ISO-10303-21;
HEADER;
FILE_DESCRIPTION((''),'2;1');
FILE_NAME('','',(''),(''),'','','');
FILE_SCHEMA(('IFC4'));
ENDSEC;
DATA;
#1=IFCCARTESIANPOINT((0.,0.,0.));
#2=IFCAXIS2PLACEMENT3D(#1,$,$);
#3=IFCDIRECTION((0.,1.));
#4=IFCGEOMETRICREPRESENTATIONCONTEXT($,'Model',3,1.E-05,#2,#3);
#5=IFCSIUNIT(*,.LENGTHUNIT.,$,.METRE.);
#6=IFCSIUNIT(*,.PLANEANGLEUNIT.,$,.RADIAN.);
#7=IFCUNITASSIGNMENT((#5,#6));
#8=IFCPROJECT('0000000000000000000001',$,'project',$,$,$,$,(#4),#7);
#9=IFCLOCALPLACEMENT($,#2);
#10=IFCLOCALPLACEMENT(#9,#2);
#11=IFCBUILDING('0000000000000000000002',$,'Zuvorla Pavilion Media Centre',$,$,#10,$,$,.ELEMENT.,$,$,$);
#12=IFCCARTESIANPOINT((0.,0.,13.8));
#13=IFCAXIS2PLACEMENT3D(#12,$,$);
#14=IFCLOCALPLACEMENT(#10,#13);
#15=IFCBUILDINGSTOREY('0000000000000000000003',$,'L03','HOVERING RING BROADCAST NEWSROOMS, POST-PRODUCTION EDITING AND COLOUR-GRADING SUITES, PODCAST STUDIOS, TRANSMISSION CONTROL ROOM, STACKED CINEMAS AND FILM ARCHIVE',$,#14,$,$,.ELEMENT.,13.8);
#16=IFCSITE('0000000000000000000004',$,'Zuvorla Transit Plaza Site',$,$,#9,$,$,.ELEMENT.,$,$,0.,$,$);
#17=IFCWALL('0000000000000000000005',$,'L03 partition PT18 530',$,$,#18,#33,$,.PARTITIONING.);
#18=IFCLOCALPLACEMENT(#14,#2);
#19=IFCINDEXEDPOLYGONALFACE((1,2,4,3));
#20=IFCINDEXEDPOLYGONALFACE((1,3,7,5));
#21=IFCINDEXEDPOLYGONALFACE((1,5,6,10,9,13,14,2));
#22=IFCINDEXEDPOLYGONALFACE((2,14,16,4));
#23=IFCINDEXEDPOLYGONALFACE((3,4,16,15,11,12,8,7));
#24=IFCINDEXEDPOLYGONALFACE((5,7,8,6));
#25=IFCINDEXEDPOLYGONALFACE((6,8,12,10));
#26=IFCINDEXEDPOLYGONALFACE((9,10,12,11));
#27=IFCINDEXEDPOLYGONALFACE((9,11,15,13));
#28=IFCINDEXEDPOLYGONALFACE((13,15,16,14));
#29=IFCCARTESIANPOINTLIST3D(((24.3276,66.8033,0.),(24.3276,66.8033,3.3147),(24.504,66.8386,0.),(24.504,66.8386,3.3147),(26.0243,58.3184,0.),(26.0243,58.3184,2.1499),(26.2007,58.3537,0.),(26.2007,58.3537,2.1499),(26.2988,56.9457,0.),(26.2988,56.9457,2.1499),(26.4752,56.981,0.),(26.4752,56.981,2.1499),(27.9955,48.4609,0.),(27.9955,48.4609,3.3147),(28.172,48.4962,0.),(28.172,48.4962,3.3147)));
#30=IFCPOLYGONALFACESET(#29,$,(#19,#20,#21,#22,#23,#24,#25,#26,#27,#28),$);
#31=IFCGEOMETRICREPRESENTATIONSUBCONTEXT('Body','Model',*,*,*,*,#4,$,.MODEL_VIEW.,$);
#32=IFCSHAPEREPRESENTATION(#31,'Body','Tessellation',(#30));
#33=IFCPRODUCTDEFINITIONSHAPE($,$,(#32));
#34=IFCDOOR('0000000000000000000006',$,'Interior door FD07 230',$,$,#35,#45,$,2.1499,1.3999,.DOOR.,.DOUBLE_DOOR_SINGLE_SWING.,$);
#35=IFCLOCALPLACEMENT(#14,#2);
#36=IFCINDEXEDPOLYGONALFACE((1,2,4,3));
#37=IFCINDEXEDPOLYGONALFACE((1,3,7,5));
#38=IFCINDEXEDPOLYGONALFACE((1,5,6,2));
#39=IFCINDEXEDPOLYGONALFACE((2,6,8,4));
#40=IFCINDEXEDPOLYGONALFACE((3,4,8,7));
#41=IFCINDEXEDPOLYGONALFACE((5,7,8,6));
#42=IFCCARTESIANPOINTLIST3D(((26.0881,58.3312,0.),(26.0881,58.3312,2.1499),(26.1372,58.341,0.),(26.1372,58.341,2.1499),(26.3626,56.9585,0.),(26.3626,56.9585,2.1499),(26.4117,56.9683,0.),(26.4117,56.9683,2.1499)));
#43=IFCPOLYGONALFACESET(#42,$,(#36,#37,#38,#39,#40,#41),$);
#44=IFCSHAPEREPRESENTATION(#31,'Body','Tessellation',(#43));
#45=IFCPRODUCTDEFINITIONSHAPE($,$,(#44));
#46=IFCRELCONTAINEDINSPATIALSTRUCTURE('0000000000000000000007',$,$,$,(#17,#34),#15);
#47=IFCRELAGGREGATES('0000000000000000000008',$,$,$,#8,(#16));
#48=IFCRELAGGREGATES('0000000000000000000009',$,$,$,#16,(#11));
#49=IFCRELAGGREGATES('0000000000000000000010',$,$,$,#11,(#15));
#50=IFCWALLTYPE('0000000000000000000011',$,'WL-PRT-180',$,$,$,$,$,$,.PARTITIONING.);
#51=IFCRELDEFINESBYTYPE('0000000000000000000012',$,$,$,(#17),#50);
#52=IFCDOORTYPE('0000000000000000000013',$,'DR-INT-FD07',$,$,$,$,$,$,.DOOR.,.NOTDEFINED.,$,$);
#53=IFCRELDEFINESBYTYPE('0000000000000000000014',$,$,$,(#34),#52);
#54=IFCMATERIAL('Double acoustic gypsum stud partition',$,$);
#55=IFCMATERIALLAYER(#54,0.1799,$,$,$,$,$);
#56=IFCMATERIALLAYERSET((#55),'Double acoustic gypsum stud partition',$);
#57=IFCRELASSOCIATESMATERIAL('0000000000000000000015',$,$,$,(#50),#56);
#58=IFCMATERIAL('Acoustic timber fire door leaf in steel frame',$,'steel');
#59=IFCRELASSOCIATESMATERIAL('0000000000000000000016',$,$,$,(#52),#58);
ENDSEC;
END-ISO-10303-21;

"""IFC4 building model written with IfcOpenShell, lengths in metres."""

from ifc_helpers import new_model, si_unit, direction, frame, frame_2d, origin, place, context, subcontext, project, spatial, rectangle, extrude, material, layer, layer_set, type_object, element, fill, save


model = new_model("IFC4")

# Units and contexts
model_context = context("Model", 3, precision=1e-05, world=origin(), true_north=direction((0.0, 1.0)))
body_context = subcontext(model_context, "Body", "Model", "MODEL_VIEW")
ifc_project = project(units=[si_unit("LENGTHUNIT", "METRE"), si_unit("PLANEANGLEUNIT", "RADIAN")], contexts=[model_context])

# Site, building, storey
site_placement = place(None, origin())
site = spatial("IfcSite", under=ifc_project, at=site_placement, Name="Zuvorla Transit Plaza Site", CompositionType="ELEMENT", RefElevation=0.0)
building_placement = place(site_placement, origin())
building = spatial("IfcBuilding", under=site, at=building_placement, Name="Zuvorla Pavilion Media Centre", CompositionType="ELEMENT")
storey_placement = place(building_placement, frame((0.0, 0.0, 13.8)))
storey = spatial("IfcBuildingStorey", under=building, at=storey_placement, Name="L03", Description="HOVERING RING BROADCAST NEWSROOMS, POST-PRODUCTION EDITING AND COLOUR-GRADING SUITES, PODCAST STUDIOS, TRANSMISSION CONTROL ROOM, STACKED CINEMAS AND FILM ARCHIVE", CompositionType="ELEMENT", Elevation=13.8)

# Wall, opening, door
ifc_material_1 = material(Name="Double acoustic gypsum stud partition")
ifc_layer_1 = layer(ifc_material_1, 0.1799)
ifc_layer_set_1 = layer_set([ifc_layer_1], Name="Double acoustic gypsum stud partition")
wall_type = type_object("IfcWallType", Name="WL-PRT-180", PredefinedType="PARTITIONING", material=ifc_layer_set_1)
wall_placement = place(storey_placement, frame((28.0837, 48.4785, 0.0), z_axis=(0.0, 0.0, 1.0), x_axis=(-0.196089, 0.980586, 0.0)))
wall = element("IfcWall", 1, at=wall_placement, inside=storey, type_object=wall_type, Name="L03 partition PT18 530", PredefinedType="PARTITIONING", context=body_context, shape_type="SweptSolid", body=[
    extrude(rectangle(XDim=18.7056, YDim=0.1799, at=frame_2d((9.3528, 0.0))), origin(), (0.0, 0.0, 1.0), 3.3147),
])
opening_placement = place(wall_placement, frame((8.6528, 0.0, 0.0)))
opening = element("IfcOpeningElement", 2, at=opening_placement, cuts=wall, PredefinedType="OPENING", context=body_context, shape_type="SweptSolid", body=[
    extrude(rectangle(XDim=1.3999, YDim=2.1499, at=frame_2d((0.7, 1.075))), frame((0.0, 0.0999, 0.0), z_axis=(0.0, -1.0, 0.0), x_axis=(1.0, 0.0, 0.0)), (0.0, 0.0, 1.0), 0.2),
])
ifc_material_2 = material(Name="Acoustic timber fire door leaf in steel frame", Category="steel")
door_type = type_object("IfcDoorType", Name="DR-INT-FD07", OperationType="NOTDEFINED", PredefinedType="DOOR", material=ifc_material_2)
door_placement = place(opening_placement, origin())
door = element("IfcDoor", 3, at=door_placement, inside=storey, type_object=door_type, Name="Interior door FD07 230", OperationType="DOUBLE_DOOR_SINGLE_SWING", OverallHeight=2.1499, OverallWidth=1.3999, PredefinedType="DOOR", context=body_context, shape_type="SweptSolid", body=[
    extrude(rectangle(XDim=1.3999, YDim=2.1499, at=frame_2d((0.7, 1.075))), frame((0.0, 0.0249, 0.0), z_axis=(0.0, -1.0, 0.0), x_axis=(1.0, 0.0, 0.0)), (0.0, 0.0, 1.0), 0.05),
])
fill(opening, door)

save(model, "model.ifc")
